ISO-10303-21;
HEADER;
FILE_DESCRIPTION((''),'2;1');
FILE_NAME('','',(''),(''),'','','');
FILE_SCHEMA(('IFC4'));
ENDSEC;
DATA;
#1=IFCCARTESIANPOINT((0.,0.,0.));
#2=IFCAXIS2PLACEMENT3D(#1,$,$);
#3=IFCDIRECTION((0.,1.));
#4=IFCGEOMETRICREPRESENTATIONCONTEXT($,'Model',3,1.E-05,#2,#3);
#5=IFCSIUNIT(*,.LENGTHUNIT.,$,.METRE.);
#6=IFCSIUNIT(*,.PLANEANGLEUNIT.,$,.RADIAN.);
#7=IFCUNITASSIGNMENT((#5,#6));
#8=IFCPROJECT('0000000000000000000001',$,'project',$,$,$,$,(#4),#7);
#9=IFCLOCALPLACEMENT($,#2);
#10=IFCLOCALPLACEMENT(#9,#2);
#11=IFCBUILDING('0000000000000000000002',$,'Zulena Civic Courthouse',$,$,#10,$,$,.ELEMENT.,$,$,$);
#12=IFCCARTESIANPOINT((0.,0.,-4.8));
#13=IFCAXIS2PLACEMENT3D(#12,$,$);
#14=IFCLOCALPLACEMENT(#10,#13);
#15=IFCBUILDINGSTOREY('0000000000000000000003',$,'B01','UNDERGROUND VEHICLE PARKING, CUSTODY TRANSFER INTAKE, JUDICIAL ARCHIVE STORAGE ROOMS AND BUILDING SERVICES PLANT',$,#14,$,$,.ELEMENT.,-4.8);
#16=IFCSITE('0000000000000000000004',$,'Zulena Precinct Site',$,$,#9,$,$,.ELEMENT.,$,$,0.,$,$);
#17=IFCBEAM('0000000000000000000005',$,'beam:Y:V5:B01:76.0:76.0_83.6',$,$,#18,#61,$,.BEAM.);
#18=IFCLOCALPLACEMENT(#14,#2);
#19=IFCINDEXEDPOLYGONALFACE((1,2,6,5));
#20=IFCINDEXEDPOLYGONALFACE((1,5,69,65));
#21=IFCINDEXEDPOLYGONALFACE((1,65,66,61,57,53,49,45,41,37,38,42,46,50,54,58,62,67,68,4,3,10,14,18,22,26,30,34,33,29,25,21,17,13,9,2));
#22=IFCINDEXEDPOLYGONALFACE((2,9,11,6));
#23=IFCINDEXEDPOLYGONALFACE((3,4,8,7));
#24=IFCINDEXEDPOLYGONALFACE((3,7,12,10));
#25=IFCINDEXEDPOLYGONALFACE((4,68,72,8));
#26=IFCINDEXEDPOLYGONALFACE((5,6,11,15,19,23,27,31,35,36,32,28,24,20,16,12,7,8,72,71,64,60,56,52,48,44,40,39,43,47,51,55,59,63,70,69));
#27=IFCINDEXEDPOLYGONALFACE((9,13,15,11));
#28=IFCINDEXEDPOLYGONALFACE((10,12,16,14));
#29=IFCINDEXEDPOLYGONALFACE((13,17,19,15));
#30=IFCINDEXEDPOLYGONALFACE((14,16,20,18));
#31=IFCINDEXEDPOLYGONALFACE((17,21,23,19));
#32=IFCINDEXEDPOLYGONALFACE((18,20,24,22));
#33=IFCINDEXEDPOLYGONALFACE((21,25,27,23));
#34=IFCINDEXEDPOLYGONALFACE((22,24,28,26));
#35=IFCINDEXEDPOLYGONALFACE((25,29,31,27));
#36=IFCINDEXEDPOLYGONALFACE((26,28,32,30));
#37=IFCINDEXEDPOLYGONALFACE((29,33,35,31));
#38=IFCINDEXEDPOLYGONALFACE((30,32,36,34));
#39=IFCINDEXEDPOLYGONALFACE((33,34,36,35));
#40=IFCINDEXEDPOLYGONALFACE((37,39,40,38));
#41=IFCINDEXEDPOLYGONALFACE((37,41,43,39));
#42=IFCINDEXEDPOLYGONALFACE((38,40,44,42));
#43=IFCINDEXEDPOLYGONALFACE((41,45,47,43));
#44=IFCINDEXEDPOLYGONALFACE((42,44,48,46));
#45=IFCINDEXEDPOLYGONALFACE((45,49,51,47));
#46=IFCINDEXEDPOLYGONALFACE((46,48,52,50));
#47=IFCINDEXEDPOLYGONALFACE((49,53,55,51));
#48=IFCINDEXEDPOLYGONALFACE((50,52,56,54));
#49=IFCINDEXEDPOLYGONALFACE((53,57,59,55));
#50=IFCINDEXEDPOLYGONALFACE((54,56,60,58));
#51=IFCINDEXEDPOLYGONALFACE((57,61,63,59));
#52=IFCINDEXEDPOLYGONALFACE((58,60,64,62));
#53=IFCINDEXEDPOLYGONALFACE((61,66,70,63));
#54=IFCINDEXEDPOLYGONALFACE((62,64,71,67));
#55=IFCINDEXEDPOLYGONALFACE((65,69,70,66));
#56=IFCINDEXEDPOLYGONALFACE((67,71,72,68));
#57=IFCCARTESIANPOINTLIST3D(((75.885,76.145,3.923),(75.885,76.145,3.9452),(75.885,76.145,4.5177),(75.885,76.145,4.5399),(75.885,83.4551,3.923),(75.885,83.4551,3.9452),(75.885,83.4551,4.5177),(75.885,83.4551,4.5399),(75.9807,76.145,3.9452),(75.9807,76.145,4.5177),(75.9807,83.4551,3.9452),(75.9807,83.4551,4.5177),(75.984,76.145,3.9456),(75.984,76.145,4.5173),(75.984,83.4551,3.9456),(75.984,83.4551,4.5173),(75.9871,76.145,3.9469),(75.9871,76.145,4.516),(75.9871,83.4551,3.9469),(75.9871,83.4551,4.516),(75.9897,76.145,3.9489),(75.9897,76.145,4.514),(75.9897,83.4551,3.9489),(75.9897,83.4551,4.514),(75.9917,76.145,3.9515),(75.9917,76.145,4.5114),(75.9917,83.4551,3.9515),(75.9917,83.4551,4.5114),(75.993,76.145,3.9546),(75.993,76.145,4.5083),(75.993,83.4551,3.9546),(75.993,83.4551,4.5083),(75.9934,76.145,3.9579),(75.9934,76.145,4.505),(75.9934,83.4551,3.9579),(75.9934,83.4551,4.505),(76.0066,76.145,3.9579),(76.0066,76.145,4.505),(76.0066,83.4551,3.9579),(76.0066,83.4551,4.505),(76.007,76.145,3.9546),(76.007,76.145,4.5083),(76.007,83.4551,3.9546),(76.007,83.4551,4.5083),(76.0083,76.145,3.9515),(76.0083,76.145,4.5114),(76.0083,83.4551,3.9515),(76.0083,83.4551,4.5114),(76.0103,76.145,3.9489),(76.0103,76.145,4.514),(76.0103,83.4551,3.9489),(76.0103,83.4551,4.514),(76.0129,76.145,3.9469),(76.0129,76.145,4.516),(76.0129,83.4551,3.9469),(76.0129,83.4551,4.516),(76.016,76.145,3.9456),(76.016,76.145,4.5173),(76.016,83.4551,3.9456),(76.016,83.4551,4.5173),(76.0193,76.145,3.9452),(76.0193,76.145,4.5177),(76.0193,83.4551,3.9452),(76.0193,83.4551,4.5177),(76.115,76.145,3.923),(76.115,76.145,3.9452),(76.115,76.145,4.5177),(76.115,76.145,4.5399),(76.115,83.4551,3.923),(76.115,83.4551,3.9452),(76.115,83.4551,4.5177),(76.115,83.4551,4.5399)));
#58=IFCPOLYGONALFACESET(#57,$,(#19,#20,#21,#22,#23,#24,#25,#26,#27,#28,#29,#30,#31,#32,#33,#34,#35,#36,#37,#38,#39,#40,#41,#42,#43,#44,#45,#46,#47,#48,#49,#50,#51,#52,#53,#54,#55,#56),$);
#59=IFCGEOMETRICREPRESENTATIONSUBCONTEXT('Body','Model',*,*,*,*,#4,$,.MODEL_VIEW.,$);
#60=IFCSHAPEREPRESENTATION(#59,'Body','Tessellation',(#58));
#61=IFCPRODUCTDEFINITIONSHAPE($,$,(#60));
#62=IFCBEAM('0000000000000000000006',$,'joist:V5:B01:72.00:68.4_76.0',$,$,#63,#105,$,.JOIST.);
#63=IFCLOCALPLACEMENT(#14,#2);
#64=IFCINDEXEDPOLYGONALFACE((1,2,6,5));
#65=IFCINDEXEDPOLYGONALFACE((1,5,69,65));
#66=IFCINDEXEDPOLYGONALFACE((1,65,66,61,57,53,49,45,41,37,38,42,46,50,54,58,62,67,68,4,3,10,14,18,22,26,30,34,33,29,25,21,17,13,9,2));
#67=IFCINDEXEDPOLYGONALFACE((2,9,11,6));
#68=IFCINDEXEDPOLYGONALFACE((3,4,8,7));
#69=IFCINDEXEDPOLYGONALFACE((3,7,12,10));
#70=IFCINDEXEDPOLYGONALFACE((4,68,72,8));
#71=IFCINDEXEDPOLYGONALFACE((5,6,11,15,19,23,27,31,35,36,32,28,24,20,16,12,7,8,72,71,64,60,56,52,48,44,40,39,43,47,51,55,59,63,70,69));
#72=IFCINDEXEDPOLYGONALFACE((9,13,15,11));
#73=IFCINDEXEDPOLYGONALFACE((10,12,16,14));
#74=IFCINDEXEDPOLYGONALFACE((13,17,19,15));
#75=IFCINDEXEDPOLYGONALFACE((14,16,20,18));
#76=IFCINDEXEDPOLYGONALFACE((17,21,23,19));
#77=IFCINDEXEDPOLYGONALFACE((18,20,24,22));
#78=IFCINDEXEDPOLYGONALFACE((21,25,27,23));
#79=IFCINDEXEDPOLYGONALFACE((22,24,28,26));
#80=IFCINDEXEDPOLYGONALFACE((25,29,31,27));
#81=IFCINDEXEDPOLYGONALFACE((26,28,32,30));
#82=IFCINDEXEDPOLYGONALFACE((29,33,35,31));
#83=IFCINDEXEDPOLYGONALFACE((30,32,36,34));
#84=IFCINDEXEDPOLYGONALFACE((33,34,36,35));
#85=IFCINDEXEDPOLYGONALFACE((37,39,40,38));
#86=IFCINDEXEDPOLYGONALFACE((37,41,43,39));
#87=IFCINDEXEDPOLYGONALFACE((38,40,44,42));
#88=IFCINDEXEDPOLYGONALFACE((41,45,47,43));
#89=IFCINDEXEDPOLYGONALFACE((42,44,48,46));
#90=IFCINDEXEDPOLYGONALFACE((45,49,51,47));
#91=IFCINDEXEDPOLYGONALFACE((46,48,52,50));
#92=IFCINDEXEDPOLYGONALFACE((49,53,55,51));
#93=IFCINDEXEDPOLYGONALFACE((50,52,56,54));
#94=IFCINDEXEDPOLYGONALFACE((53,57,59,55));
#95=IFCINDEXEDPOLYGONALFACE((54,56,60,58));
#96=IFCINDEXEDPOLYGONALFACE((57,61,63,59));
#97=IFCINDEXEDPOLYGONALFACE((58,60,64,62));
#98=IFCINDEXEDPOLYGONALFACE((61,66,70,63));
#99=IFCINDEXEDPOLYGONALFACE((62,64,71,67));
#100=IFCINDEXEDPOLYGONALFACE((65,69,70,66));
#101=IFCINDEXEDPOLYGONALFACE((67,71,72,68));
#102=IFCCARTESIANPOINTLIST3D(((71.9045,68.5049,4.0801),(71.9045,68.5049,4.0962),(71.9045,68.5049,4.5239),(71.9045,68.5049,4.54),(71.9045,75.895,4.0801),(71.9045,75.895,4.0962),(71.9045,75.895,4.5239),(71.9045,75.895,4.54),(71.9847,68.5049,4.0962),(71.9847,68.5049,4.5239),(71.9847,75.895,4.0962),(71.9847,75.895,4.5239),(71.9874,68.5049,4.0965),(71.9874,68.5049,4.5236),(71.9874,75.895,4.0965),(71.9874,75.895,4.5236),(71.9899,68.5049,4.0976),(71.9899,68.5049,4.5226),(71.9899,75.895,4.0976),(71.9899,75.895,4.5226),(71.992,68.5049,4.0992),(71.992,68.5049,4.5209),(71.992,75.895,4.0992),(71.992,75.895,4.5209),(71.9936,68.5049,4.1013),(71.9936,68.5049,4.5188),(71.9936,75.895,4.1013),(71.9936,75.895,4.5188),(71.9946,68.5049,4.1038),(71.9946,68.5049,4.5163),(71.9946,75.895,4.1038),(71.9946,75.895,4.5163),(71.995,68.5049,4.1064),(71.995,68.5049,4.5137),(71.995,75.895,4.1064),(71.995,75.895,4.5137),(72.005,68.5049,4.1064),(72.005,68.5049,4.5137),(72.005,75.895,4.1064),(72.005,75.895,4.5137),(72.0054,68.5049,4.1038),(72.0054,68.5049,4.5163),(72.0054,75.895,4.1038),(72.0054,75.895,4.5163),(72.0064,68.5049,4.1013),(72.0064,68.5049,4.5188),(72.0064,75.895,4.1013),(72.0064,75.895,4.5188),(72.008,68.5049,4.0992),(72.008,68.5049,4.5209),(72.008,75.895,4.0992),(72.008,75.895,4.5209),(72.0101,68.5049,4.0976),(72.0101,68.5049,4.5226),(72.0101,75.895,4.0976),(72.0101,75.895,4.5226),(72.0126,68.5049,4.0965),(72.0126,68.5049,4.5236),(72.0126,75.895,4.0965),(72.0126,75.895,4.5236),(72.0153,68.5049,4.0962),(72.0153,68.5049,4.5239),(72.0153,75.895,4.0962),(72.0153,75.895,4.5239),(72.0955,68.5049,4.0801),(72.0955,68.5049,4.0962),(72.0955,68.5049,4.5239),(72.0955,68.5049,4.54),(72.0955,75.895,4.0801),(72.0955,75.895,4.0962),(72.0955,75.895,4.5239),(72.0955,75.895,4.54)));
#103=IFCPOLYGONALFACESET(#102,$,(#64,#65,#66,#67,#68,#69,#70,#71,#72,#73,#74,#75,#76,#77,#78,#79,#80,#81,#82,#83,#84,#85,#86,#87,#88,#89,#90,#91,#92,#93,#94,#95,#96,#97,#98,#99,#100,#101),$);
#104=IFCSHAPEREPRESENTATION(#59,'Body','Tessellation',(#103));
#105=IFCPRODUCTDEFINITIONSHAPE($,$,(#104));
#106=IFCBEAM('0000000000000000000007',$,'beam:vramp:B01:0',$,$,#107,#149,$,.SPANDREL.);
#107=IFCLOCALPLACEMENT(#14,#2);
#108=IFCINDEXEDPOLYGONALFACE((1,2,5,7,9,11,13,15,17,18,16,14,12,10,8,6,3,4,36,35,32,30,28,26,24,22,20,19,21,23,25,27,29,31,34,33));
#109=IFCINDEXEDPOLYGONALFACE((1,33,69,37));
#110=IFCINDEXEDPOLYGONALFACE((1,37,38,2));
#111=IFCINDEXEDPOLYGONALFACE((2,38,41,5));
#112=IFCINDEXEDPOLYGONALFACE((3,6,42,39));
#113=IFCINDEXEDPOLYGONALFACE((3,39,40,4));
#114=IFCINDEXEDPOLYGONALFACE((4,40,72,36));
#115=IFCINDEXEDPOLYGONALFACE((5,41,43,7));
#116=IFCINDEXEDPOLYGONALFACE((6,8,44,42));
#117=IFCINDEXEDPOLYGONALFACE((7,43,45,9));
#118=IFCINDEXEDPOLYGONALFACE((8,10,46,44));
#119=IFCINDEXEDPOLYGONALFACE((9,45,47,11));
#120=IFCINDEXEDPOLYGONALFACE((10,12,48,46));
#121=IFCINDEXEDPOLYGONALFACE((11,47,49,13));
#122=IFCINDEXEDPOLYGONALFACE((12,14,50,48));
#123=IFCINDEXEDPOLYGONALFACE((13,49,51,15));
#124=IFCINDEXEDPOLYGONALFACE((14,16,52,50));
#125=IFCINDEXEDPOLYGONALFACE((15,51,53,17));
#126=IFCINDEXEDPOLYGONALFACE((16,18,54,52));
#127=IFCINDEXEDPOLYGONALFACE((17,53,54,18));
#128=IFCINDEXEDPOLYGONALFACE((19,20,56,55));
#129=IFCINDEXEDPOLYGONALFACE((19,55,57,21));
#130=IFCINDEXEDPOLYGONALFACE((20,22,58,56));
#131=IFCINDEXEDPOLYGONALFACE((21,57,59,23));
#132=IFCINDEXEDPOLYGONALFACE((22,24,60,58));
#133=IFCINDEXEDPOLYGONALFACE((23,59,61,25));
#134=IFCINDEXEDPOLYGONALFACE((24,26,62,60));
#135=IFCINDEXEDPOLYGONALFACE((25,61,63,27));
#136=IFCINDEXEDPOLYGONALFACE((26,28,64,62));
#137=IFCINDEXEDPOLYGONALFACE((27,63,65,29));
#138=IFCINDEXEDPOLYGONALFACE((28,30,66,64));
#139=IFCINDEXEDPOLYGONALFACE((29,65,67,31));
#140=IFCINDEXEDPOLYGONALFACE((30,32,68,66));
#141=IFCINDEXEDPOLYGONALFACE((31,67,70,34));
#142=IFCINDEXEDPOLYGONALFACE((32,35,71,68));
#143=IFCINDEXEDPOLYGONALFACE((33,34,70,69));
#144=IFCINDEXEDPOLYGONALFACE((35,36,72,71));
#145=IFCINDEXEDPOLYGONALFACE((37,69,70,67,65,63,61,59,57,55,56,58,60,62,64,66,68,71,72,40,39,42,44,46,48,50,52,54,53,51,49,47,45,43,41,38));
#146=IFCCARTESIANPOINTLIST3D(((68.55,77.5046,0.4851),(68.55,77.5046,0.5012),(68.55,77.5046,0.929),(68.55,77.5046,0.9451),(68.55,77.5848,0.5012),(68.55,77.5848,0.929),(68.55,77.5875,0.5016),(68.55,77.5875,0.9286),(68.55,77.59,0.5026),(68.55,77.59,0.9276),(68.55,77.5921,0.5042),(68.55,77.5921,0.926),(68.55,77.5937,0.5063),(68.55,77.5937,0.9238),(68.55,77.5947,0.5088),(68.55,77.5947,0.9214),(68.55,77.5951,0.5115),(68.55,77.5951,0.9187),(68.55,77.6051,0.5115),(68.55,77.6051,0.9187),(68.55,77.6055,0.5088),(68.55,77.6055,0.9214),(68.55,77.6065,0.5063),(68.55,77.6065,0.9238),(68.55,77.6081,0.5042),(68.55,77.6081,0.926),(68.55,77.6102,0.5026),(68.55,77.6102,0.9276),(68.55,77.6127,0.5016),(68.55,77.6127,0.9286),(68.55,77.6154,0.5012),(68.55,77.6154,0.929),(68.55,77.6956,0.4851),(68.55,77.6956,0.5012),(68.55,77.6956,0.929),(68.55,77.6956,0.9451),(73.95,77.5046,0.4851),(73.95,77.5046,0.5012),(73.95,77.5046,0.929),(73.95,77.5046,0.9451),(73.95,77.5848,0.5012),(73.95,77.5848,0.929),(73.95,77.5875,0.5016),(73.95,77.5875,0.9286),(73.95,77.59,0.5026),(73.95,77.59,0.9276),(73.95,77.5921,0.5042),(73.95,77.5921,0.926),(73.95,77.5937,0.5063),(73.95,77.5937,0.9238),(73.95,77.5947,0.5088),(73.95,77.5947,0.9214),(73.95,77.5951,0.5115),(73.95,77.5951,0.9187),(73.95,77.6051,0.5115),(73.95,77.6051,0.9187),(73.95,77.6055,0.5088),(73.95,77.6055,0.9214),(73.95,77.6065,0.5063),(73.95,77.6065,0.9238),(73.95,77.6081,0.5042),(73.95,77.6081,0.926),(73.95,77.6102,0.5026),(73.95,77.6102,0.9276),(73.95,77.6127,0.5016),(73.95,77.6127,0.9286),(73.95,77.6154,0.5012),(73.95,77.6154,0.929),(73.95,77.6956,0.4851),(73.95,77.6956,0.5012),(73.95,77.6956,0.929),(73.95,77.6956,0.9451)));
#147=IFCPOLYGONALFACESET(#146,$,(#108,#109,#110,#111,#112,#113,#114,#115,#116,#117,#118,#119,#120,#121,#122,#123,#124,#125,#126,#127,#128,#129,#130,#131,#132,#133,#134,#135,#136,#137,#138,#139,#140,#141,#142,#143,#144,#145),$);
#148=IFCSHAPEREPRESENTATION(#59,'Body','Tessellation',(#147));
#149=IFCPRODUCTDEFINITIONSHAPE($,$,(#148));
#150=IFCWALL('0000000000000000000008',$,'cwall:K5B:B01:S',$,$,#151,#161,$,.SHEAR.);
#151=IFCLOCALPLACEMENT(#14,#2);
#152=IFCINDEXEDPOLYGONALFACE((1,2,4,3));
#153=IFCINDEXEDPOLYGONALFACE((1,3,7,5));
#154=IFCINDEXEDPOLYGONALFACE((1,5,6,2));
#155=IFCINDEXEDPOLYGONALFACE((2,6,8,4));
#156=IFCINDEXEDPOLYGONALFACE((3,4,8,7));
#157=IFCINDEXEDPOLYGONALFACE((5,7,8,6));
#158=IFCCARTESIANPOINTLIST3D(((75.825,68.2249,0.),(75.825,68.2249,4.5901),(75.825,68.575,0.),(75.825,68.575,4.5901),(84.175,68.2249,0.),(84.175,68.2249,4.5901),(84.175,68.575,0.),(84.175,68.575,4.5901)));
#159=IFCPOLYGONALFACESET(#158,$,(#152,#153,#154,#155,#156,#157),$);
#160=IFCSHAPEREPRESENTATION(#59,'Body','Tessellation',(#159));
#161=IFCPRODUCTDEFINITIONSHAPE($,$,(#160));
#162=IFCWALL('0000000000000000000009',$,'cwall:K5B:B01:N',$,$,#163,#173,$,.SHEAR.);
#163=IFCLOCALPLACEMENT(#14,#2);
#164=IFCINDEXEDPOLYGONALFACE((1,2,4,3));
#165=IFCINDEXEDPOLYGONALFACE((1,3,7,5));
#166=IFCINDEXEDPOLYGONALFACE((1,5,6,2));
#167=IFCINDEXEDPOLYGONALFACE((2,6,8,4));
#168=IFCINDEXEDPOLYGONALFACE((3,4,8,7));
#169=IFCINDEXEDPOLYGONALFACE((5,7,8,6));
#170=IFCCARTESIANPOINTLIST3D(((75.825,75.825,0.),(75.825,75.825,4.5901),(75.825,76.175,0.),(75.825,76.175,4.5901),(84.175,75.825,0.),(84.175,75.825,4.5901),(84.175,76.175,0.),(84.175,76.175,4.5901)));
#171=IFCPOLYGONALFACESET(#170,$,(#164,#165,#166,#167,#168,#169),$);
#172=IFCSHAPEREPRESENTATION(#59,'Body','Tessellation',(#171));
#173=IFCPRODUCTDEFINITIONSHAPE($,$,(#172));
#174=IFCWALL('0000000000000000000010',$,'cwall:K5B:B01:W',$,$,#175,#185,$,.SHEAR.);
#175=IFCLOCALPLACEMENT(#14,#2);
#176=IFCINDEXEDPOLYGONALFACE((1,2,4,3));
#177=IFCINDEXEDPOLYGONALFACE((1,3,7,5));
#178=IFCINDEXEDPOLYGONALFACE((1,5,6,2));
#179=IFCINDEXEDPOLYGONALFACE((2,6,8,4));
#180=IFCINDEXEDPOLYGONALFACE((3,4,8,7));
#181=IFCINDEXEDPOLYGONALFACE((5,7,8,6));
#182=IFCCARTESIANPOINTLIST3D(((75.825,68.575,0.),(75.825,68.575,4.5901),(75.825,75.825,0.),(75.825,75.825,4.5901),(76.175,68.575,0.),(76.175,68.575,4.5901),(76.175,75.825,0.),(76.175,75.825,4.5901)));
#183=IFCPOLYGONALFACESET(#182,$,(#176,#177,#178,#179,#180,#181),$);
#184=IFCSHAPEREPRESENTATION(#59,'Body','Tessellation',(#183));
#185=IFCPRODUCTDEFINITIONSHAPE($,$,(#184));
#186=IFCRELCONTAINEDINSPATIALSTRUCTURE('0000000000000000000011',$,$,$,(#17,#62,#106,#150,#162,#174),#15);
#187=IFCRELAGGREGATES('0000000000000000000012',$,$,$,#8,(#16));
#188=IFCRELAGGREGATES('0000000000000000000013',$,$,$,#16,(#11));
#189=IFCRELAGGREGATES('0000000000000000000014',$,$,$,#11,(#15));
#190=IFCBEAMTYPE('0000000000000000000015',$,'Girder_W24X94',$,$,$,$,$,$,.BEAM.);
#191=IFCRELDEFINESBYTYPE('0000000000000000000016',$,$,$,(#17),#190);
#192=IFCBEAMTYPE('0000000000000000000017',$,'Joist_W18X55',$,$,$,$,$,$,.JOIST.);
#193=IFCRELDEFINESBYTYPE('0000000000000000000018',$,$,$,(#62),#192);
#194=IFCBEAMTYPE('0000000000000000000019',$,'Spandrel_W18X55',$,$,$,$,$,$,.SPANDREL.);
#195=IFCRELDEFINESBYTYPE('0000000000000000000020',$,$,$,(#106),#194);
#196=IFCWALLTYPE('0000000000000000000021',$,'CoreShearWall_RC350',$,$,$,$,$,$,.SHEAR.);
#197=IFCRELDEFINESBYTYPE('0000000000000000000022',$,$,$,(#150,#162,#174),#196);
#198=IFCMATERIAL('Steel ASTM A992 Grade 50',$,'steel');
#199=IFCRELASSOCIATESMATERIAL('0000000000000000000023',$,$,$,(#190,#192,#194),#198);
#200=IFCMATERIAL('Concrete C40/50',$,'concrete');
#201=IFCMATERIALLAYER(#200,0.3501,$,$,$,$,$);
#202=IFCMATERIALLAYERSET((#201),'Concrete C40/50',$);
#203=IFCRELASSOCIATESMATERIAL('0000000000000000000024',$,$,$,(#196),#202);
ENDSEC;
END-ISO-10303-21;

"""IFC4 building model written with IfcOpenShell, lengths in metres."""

from ifc_helpers import new_model, si_unit, direction, frame, frame_2d, origin, origin_2d, place, context, subcontext, project, spatial, rectangle, i_section, extrude, material, layer, layer_set, material_profile, profile_set, type_object, element, save


model = new_model("IFC4")

# Units and contexts
model_context = context("Model", 3, precision=1e-05, world=origin(), true_north=direction((0.0, 1.0)))
body_context = subcontext(model_context, "Body", "Model", "MODEL_VIEW")
ifc_project = project(units=[si_unit("LENGTHUNIT", "METRE"), si_unit("PLANEANGLEUNIT", "RADIAN")], contexts=[model_context])

# Site, building, storey
site_placement = place(None, origin())
site = spatial("IfcSite", under=ifc_project, at=site_placement, Name="Zulena Precinct Site", CompositionType="ELEMENT", RefElevation=0.0)
building_placement = place(site_placement, origin())
building = spatial("IfcBuilding", under=site, at=building_placement, Name="Zulena Civic Courthouse", CompositionType="ELEMENT")
storey_placement = place(building_placement, frame((0.0, 0.0, -4.8)))
storey = spatial("IfcBuildingStorey", under=building, at=storey_placement, Name="B01", Description="UNDERGROUND VEHICLE PARKING, CUSTODY TRANSFER INTAKE, JUDICIAL ARCHIVE STORAGE ROOMS AND BUILDING SERVICES PLANT", CompositionType="ELEMENT", Elevation=-4.8)

# Shared definitions
ifc_material_1 = material(Name="Concrete C40/50", Category="concrete")

# Shared definitions
ifc_material_2 = material(Name="Steel ASTM A992 Grade 50", Category="steel")

# Beams
ifc_material_profile_1 = material_profile(ifc_material_2, i_section(OverallWidth=0.23, OverallDepth=0.6169, WebThickness=0.0132, FlangeThickness=0.0222, FilletRadius=0.0127, at=origin_2d()), Name="W24X94")
ifc_profile_set_1 = profile_set([ifc_material_profile_1], Name="Steel ASTM A992 Grade 50")
beam_type_1 = type_object("IfcBeamType", Name="Girder_W24X94", PredefinedType="BEAM", material=ifc_profile_set_1)
for number, where, z_axis, x_axis, name in (
    (1, (76.0, 76.145, 4.2314), (0.0, 1.0, 0.0), (-1.0, 0.0, 0.0), "beam:Y:V5:B01:76.0:76.0_83.6"),
):
    element("IfcBeam", number, at=place(storey_placement, frame(where, z_axis=z_axis, x_axis=x_axis)), inside=storey, type_object=beam_type_1, Name=name, PredefinedType="BEAM", context=body_context, shape_type="SweptSolid", body=[
        extrude(i_section(OverallWidth=0.23, OverallDepth=0.6169, WebThickness=0.0132, FlangeThickness=0.0222, FilletRadius=0.0127, at=origin_2d()), origin(), (0.0, 0.0, 1.0), 7.3101),
    ])
ifc_material_profile_2 = material_profile(ifc_material_2, i_section(OverallWidth=0.1909, OverallDepth=0.46, WebThickness=0.01, FlangeThickness=0.0161, FilletRadius=0.0103, at=origin_2d()), Name="W18X55")
ifc_profile_set_2 = profile_set([ifc_material_profile_2], Name="Steel ASTM A992 Grade 50")
beam_type_2 = type_object("IfcBeamType", Name="Joist_W18X55", PredefinedType="JOIST", material=ifc_profile_set_2)
beam_1_placement = place(storey_placement, frame((72.0, 68.5049, 4.3101), z_axis=(0.0, 1.0, 0.0), x_axis=(-1.0, 0.0, 0.0)))
element("IfcBeam", 2, at=beam_1_placement, inside=storey, type_object=beam_type_2, Name="joist:V5:B01:72.00:68.4_76.0", PredefinedType="JOIST", context=body_context, shape_type="SweptSolid", body=[
    extrude(i_section(OverallWidth=0.1909, OverallDepth=0.46, WebThickness=0.01, FlangeThickness=0.0161, FilletRadius=0.0103, at=origin_2d()), origin(), (0.0, 0.0, 1.0), 7.3901),
])
ifc_material_profile_3 = material_profile(ifc_material_2, i_section(OverallWidth=0.1909, OverallDepth=0.46, WebThickness=0.01, FlangeThickness=0.0161, FilletRadius=0.0103, at=origin_2d()), Name="W18X55")
ifc_profile_set_3 = profile_set([ifc_material_profile_3], Name="Steel ASTM A992 Grade 50")
beam_type_3 = type_object("IfcBeamType", Name="Spandrel_W18X55", PredefinedType="SPANDREL", material=ifc_profile_set_3)
beam_2_placement = place(storey_placement, frame((68.55, 77.6001, 0.7151), z_axis=(1.0, 0.0, 0.0), x_axis=(0.0, 1.0, 0.0)))
element("IfcBeam", 3, at=beam_2_placement, inside=storey, type_object=beam_type_3, Name="beam:vramp:B01:0", PredefinedType="SPANDREL", context=body_context, shape_type="SweptSolid", body=[
    extrude(i_section(OverallWidth=0.1909, OverallDepth=0.46, WebThickness=0.01, FlangeThickness=0.0161, FilletRadius=0.0103, at=origin_2d()), origin(), (0.0, 0.0, 1.0), 5.3999),
])

# Walls
ifc_layer = layer(ifc_material_1, 0.3501)
ifc_layer_set = layer_set([ifc_layer], Name="Concrete C40/50")
wall_type = type_object("IfcWallType", Name="CoreShearWall_RC350", PredefinedType="SHEAR", material=ifc_layer_set)
for number, where, z_axis, x_axis, name in (
    (4, (75.825, 68.3999, 0.0), (0.0, 0.0, 1.0), (1.0, 0.0, 0.0), "cwall:K5B:B01:S"),
    (5, (75.825, 76.0, 0.0), (0.0, 0.0, 1.0), (1.0, 0.0, 0.0), "cwall:K5B:B01:N"),
):
    element("IfcWall", number, at=place(storey_placement, frame(where, z_axis=z_axis, x_axis=x_axis)), inside=storey, type_object=wall_type, Name=name, PredefinedType="SHEAR", context=body_context, shape_type="SweptSolid", body=[
        extrude(rectangle(XDim=8.3501, YDim=0.3501, at=frame_2d((4.175, 0.0))), origin(), (0.0, 0.0, 1.0), 4.5901),
    ])
wall_placement = place(storey_placement, frame((76.0, 68.575, 0.0), z_axis=(0.0, 0.0, 1.0), x_axis=(0.0, 1.0, 0.0)))
element("IfcWall", 6, at=wall_placement, inside=storey, type_object=wall_type, Name="cwall:K5B:B01:W", PredefinedType="SHEAR", context=body_context, shape_type="SweptSolid", body=[
    extrude(rectangle(XDim=7.25, YDim=0.3501, at=frame_2d((3.625, 0.0))), origin(), (0.0, 0.0, 1.0), 4.5901),
])

save(model, "model.ifc")
